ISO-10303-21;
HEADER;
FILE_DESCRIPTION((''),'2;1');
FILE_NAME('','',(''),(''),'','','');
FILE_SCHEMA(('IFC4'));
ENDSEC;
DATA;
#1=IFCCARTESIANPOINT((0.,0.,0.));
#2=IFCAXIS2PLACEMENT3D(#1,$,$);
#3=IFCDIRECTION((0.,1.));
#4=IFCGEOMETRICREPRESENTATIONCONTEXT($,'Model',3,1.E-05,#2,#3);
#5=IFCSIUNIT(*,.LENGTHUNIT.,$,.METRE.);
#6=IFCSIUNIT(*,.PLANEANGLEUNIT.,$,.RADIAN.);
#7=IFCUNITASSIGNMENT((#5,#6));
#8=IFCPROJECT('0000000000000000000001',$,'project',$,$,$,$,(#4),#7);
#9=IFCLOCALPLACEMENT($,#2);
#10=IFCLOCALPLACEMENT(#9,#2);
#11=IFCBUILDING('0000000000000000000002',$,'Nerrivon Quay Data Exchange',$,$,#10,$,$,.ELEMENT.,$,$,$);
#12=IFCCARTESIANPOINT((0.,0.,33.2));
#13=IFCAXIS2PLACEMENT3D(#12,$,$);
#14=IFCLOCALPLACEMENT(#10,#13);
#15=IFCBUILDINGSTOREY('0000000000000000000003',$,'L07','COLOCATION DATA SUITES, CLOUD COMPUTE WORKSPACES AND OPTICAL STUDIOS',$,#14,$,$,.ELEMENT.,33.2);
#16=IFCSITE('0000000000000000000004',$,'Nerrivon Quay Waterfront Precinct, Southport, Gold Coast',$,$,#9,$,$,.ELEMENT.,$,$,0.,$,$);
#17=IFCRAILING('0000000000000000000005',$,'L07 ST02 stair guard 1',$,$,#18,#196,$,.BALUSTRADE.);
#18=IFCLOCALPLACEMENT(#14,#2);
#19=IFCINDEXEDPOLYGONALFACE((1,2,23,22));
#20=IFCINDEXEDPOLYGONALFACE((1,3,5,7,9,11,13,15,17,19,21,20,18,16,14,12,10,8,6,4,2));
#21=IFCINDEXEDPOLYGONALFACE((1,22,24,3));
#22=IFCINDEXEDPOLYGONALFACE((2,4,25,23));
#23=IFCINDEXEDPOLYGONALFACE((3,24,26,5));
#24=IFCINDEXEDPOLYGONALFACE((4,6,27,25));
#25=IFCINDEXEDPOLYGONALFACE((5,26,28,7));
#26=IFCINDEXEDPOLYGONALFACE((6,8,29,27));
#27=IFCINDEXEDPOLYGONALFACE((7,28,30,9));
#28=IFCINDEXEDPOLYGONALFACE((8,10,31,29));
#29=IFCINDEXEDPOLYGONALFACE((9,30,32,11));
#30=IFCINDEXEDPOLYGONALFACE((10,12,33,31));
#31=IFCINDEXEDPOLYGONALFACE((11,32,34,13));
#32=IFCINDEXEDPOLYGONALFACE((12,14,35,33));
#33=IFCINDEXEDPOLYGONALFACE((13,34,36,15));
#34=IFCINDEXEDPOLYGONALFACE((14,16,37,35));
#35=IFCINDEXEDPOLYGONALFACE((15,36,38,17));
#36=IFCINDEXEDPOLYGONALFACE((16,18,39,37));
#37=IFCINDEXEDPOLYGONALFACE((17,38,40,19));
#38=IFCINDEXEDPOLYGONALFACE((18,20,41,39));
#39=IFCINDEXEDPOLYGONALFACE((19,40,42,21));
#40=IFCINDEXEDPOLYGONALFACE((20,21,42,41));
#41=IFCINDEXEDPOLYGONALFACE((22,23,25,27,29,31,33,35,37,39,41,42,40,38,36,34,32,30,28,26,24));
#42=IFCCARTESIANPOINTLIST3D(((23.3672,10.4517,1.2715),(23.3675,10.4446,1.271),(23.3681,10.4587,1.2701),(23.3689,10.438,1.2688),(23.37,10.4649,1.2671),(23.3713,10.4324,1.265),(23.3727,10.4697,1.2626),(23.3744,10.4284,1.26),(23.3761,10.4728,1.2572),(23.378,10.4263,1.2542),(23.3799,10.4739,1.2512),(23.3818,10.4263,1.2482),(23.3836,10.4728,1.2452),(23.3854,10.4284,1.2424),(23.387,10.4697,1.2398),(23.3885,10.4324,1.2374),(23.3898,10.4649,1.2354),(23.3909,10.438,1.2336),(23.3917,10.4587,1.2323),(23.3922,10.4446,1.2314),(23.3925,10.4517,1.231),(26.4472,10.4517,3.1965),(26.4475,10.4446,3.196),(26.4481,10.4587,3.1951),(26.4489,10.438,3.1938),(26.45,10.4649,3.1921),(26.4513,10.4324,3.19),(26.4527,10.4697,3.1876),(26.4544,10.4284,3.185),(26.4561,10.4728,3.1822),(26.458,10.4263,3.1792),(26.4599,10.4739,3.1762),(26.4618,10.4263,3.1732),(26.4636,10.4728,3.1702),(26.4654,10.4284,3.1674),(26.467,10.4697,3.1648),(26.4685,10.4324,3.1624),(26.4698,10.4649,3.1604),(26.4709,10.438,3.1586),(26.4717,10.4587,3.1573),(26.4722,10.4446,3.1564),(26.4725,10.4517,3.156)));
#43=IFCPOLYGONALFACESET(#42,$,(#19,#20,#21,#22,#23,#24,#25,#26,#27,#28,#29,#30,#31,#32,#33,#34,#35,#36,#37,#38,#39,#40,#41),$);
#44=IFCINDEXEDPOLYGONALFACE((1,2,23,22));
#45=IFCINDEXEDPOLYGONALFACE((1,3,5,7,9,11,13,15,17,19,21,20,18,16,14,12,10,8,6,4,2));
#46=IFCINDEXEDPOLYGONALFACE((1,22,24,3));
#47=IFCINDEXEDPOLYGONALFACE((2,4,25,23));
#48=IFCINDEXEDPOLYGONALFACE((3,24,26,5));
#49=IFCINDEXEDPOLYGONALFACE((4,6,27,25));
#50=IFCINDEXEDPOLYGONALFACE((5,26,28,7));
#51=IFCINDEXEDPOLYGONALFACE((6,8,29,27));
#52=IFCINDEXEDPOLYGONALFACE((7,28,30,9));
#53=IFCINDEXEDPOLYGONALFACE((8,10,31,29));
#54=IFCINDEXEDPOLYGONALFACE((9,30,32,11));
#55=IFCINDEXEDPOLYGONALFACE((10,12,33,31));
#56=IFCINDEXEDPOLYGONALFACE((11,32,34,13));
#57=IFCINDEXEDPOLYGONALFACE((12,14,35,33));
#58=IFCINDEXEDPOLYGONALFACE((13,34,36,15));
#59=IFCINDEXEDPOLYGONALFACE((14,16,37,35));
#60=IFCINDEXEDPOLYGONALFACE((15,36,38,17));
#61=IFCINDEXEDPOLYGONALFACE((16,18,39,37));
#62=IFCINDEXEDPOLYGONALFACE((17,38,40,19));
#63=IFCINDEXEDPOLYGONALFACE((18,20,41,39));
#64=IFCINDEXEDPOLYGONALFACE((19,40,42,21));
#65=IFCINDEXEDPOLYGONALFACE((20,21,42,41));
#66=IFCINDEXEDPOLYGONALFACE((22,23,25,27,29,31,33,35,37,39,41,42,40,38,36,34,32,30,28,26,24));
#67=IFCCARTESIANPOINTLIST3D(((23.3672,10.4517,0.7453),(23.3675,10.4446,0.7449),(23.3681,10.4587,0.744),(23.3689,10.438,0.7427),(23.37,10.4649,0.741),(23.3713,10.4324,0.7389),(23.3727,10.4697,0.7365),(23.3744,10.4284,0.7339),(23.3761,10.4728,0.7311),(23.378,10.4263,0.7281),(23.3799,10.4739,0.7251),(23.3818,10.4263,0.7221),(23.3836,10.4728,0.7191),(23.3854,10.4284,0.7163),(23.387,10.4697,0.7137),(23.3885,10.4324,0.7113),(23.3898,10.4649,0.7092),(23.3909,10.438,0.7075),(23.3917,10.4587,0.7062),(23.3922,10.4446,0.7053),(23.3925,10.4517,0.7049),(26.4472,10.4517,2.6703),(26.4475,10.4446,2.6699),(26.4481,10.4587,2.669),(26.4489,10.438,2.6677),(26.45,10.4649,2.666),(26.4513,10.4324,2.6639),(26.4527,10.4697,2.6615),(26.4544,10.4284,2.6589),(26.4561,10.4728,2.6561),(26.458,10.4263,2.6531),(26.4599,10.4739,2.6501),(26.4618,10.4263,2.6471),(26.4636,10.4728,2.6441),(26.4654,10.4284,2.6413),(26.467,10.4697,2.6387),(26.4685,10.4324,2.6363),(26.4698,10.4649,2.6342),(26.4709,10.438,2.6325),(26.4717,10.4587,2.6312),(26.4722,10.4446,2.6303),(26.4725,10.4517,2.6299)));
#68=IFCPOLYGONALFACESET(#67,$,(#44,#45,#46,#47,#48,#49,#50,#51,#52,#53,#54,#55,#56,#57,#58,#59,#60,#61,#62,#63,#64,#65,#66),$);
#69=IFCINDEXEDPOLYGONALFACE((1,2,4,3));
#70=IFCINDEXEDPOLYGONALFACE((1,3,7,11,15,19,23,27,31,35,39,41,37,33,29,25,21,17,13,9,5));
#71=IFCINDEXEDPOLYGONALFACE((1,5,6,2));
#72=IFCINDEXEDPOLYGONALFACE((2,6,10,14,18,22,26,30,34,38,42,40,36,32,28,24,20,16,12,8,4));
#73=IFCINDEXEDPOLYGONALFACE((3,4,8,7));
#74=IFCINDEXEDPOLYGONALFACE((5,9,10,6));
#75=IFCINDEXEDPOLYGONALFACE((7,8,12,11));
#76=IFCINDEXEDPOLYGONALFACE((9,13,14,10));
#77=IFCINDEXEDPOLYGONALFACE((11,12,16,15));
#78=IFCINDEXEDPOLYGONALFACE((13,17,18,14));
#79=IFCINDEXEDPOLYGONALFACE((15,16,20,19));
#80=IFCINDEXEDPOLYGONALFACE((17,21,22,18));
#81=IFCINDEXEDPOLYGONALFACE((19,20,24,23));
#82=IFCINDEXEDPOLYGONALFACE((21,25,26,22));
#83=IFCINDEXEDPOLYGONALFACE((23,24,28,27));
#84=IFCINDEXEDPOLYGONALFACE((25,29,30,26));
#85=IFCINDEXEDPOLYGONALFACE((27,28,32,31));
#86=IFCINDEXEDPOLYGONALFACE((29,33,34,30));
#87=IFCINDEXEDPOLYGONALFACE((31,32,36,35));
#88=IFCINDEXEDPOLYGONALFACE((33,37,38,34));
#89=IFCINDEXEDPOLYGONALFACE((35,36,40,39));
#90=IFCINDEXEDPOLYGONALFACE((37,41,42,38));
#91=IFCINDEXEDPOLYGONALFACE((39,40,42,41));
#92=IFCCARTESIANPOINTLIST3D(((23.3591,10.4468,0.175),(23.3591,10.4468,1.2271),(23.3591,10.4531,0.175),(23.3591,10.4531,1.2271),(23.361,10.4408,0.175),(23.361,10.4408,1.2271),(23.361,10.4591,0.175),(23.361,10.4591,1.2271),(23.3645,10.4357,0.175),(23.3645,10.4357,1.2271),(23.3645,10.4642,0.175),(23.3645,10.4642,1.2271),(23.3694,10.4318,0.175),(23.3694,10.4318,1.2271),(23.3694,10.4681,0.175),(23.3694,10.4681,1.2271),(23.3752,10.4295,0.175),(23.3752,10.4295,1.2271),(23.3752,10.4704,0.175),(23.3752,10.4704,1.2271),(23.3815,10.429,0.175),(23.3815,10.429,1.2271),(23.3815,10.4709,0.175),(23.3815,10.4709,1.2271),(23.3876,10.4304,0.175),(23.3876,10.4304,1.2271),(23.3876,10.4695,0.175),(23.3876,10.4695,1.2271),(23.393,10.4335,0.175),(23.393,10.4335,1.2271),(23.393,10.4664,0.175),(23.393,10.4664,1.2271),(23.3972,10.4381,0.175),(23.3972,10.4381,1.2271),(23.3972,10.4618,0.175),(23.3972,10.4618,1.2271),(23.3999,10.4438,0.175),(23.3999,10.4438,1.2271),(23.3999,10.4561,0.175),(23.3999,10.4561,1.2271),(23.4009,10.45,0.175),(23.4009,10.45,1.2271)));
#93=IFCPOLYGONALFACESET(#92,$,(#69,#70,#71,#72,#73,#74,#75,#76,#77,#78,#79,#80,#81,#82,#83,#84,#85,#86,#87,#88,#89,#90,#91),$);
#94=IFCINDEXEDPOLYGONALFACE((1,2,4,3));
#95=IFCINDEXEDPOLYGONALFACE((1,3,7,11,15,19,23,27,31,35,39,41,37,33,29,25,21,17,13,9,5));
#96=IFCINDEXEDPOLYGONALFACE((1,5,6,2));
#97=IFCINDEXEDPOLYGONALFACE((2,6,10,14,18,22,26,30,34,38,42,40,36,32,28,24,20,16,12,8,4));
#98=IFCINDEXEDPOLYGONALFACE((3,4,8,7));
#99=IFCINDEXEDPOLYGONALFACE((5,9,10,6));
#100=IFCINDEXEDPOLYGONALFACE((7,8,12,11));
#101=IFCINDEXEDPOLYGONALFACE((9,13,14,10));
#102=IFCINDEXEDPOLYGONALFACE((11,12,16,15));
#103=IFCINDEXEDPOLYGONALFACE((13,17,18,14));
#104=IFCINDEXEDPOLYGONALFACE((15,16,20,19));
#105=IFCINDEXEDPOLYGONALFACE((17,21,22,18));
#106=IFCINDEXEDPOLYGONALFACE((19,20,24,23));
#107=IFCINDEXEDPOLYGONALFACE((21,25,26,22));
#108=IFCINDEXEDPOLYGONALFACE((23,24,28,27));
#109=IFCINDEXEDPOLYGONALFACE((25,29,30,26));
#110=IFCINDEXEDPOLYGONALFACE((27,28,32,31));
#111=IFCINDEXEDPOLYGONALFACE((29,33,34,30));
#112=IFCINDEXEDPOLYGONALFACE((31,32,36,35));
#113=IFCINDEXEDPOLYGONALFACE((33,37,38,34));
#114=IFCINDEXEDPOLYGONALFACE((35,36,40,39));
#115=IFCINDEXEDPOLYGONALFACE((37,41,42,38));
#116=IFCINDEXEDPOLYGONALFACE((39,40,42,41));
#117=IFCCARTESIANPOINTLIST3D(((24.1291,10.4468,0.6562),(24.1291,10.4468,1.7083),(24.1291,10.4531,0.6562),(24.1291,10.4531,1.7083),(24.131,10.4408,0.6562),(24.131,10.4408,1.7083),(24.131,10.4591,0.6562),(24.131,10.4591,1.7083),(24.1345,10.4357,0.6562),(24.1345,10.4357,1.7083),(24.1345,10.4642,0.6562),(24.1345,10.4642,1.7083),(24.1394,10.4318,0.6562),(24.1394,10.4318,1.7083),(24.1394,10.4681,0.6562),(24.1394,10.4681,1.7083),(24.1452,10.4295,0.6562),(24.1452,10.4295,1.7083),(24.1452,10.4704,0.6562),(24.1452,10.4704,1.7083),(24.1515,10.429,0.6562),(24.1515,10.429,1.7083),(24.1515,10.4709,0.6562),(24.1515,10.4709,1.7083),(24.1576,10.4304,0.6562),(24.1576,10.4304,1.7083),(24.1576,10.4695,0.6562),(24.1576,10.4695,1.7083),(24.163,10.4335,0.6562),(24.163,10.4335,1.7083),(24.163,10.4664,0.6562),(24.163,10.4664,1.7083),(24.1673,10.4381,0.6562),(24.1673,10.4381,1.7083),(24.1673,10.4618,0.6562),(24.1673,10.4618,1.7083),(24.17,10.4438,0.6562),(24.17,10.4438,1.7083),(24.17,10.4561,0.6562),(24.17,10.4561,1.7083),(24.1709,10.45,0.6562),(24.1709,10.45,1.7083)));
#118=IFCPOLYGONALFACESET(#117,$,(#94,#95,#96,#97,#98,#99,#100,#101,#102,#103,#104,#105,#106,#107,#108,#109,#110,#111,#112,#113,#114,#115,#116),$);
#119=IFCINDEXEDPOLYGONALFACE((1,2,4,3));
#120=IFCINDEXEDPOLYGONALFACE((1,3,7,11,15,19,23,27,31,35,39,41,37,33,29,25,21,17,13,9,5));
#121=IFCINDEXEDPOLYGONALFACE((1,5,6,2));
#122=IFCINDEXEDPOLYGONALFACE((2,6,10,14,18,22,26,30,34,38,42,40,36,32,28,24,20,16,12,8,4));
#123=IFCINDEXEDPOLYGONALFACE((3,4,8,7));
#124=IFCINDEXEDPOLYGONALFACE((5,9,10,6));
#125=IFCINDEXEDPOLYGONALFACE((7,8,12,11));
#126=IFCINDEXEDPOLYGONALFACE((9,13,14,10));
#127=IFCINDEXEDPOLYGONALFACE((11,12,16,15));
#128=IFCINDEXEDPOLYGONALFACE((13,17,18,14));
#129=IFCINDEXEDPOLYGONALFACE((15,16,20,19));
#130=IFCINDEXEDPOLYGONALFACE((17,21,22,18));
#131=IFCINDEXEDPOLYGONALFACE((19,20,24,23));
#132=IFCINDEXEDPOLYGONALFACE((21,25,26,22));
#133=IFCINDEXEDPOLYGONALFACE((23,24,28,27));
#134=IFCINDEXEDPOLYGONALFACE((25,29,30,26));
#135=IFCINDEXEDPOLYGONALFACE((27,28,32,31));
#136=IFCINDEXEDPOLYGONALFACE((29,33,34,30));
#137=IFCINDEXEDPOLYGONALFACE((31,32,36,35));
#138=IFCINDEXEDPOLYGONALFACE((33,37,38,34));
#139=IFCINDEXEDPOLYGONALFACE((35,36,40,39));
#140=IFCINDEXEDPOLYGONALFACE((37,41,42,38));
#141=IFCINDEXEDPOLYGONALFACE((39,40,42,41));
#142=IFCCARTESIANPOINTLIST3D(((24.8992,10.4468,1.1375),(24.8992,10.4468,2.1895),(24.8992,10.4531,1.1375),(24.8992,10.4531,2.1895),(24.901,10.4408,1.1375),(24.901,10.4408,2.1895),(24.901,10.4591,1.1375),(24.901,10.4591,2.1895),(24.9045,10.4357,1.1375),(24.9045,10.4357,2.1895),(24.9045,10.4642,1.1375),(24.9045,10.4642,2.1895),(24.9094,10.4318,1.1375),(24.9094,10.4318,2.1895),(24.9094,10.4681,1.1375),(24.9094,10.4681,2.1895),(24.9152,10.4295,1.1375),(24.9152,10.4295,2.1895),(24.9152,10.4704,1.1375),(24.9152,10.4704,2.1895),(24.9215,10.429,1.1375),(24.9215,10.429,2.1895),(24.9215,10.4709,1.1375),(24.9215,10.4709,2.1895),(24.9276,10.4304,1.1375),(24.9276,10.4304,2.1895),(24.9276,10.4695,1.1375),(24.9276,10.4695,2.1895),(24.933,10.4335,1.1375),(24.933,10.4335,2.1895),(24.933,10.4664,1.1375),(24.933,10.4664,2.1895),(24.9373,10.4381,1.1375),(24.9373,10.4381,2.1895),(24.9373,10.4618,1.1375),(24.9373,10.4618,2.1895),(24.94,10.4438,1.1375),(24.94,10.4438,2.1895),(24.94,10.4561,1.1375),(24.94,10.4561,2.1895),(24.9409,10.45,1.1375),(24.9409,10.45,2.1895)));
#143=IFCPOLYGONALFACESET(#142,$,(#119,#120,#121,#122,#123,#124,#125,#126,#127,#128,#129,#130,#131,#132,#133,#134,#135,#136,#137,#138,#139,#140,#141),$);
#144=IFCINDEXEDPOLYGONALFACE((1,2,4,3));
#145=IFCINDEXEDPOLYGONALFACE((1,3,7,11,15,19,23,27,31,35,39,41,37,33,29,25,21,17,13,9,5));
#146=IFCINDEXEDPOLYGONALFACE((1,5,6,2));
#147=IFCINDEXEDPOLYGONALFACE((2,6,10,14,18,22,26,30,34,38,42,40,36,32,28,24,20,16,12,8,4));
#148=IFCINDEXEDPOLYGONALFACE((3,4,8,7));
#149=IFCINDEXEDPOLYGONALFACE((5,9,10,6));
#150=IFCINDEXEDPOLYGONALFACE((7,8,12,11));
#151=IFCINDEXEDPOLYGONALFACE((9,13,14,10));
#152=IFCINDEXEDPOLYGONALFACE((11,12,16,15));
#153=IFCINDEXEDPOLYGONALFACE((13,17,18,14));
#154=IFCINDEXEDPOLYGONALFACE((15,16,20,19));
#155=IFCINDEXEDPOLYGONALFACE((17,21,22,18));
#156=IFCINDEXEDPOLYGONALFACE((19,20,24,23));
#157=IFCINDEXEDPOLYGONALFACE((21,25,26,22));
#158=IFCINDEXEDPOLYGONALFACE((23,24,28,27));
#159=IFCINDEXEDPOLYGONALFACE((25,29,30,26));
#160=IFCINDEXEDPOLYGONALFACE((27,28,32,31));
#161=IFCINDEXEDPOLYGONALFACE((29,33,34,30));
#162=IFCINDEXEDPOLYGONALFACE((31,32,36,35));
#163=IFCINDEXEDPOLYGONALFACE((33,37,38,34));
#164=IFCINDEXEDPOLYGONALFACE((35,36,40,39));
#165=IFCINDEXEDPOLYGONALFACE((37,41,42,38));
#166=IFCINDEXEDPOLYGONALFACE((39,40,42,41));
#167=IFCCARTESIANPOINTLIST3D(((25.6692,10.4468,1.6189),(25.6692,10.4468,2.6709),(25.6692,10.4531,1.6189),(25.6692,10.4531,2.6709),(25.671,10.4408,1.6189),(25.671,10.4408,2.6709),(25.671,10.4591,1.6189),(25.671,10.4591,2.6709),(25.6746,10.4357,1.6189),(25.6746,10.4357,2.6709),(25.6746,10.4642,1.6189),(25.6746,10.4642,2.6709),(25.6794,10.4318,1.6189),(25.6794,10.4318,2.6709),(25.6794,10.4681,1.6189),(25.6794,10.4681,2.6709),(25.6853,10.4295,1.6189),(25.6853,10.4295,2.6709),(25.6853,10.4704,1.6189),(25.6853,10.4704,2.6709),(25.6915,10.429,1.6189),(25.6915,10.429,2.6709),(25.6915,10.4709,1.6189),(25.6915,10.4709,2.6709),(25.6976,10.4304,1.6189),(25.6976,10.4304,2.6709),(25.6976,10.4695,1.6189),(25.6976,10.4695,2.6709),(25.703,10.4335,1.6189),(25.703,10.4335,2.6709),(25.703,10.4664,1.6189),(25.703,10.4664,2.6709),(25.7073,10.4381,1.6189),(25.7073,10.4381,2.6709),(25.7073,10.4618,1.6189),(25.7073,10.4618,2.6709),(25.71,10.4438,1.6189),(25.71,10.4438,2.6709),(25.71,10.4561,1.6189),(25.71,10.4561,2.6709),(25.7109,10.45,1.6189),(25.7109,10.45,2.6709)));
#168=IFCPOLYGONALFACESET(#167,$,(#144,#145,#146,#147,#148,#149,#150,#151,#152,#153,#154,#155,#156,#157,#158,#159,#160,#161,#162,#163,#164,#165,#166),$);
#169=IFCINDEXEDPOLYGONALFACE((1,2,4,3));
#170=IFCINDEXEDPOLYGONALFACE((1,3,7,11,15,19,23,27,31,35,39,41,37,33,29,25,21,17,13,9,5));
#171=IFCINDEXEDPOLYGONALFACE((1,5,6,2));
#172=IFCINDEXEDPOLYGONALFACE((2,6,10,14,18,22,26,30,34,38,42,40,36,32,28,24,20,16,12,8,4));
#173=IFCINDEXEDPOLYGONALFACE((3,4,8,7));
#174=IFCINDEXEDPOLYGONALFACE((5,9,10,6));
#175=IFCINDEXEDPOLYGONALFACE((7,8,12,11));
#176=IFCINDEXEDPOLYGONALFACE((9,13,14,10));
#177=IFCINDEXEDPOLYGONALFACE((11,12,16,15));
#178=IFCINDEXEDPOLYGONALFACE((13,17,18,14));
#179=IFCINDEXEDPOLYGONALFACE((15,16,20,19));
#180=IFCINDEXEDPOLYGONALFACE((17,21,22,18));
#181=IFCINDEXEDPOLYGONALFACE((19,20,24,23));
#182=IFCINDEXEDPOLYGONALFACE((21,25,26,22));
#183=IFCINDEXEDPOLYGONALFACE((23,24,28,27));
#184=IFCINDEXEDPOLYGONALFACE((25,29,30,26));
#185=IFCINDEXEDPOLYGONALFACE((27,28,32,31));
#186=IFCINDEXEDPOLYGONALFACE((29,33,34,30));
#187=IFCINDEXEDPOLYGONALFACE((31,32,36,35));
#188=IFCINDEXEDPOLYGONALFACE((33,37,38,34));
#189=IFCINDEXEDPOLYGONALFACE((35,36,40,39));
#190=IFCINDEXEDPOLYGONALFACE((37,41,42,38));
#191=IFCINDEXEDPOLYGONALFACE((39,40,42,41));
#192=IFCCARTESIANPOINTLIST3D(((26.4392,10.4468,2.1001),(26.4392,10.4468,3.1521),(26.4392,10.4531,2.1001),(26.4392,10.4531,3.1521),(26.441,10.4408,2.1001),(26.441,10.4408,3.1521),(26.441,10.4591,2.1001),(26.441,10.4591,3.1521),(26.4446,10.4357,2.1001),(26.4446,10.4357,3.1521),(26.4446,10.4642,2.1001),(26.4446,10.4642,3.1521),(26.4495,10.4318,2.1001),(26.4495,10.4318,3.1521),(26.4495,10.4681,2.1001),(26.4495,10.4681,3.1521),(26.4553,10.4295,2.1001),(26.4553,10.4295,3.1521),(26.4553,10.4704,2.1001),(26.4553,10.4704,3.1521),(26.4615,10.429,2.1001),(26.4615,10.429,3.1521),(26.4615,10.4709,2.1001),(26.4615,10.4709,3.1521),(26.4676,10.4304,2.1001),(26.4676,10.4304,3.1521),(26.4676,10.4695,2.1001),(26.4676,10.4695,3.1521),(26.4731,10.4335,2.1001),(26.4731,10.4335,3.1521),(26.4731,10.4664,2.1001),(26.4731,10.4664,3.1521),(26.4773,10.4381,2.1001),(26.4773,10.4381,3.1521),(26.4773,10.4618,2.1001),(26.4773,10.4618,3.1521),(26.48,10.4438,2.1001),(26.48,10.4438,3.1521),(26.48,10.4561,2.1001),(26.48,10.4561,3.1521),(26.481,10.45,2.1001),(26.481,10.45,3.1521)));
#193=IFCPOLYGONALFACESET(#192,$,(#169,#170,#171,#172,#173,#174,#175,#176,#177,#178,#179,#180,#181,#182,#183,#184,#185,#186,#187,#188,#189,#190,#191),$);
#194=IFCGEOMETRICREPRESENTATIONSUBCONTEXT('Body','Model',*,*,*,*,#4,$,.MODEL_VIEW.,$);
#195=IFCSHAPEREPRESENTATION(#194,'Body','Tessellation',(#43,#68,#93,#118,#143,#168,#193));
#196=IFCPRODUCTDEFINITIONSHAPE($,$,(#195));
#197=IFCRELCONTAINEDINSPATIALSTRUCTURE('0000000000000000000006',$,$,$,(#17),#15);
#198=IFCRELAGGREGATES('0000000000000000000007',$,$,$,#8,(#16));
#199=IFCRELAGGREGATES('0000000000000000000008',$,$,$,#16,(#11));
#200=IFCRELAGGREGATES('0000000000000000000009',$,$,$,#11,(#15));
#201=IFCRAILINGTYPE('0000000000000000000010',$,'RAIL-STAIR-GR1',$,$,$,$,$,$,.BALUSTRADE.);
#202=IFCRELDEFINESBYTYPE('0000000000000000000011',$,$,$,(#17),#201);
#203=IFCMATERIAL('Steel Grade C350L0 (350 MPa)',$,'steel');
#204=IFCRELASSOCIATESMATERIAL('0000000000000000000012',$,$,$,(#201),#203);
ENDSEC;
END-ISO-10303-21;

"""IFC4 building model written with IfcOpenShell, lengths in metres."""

from ifc_helpers import new_model, si_unit, direction, frame, origin, origin_2d, place, context, subcontext, project, spatial, circle, extrude, material, type_object, element, save


model = new_model("IFC4")

# Units and contexts
model_context = context("Model", 3, precision=1e-05, world=origin(), true_north=direction((0.0, 1.0)))
body_context = subcontext(model_context, "Body", "Model", "MODEL_VIEW")
ifc_project = project(units=[si_unit("LENGTHUNIT", "METRE"), si_unit("PLANEANGLEUNIT", "RADIAN")], contexts=[model_context])

# Site, building, storey
site_placement = place(None, origin())
site = spatial("IfcSite", under=ifc_project, at=site_placement, Name="Nerrivon Quay Waterfront Precinct, Southport, Gold Coast", CompositionType="ELEMENT", RefElevation=0.0)
building_placement = place(site_placement, origin())
building = spatial("IfcBuilding", under=site, at=building_placement, Name="Nerrivon Quay Data Exchange", CompositionType="ELEMENT")
storey_placement = place(building_placement, frame((0.0, 0.0, 33.2)))
storey = spatial("IfcBuildingStorey", under=building, at=storey_placement, Name="L07", Description="COLOCATION DATA SUITES, CLOUD COMPUTE WORKSPACES AND OPTICAL STUDIOS", CompositionType="ELEMENT", Elevation=33.2)

# Railing
ifc_material_1 = material(Name="Steel Grade C350L0 (350 MPa)", Category="steel")
railing_type_1 = type_object("IfcRailingType", Name="RAIL-STAIR-GR1", PredefinedType="BALUSTRADE", material=ifc_material_1)
railing_1_placement = place(storey_placement, frame((23.3799, 10.45, 0.175)))
element("IfcRailing", 1, at=railing_1_placement, inside=storey, type_object=railing_type_1, Name="L07 ST02 stair guard 1", PredefinedType="BALUSTRADE", context=body_context, shape_type="SweptSolid", body=[
    extrude(circle(Radius=0.0239, at=origin_2d()), frame((0.0, 0.0, 1.0762), z_axis=(0.847998, 0.0, 0.529999), x_axis=(0.0, 1.0, 0.0)), (0.0, 0.0, 1.0), 3.6321),
    extrude(circle(Radius=0.0239, at=origin_2d()), frame((0.0, 0.0, 0.55), z_axis=(0.847998, 0.0, 0.529999), x_axis=(0.0, 1.0, 0.0)), (0.0, 0.0, 1.0), 3.6321),
    extrude(circle(Radius=0.021, at=origin_2d()), origin(), (0.0, 0.0, 1.0), 1.052),
    extrude(circle(Radius=0.021, at=origin_2d()), frame((0.77, 0.0, 0.4812)), (0.0, 0.0, 1.0), 1.052),
    extrude(circle(Radius=0.021, at=origin_2d()), frame((1.54, 0.0, 0.9624)), (0.0, 0.0, 1.0), 1.052),
    extrude(circle(Radius=0.021, at=origin_2d()), frame((2.3101, 0.0, 1.4438)), (0.0, 0.0, 1.0), 1.052),
    extrude(circle(Radius=0.021, at=origin_2d()), frame((3.0801, 0.0, 1.925)), (0.0, 0.0, 1.0), 1.052),
])

save(model, "model.ifc")
